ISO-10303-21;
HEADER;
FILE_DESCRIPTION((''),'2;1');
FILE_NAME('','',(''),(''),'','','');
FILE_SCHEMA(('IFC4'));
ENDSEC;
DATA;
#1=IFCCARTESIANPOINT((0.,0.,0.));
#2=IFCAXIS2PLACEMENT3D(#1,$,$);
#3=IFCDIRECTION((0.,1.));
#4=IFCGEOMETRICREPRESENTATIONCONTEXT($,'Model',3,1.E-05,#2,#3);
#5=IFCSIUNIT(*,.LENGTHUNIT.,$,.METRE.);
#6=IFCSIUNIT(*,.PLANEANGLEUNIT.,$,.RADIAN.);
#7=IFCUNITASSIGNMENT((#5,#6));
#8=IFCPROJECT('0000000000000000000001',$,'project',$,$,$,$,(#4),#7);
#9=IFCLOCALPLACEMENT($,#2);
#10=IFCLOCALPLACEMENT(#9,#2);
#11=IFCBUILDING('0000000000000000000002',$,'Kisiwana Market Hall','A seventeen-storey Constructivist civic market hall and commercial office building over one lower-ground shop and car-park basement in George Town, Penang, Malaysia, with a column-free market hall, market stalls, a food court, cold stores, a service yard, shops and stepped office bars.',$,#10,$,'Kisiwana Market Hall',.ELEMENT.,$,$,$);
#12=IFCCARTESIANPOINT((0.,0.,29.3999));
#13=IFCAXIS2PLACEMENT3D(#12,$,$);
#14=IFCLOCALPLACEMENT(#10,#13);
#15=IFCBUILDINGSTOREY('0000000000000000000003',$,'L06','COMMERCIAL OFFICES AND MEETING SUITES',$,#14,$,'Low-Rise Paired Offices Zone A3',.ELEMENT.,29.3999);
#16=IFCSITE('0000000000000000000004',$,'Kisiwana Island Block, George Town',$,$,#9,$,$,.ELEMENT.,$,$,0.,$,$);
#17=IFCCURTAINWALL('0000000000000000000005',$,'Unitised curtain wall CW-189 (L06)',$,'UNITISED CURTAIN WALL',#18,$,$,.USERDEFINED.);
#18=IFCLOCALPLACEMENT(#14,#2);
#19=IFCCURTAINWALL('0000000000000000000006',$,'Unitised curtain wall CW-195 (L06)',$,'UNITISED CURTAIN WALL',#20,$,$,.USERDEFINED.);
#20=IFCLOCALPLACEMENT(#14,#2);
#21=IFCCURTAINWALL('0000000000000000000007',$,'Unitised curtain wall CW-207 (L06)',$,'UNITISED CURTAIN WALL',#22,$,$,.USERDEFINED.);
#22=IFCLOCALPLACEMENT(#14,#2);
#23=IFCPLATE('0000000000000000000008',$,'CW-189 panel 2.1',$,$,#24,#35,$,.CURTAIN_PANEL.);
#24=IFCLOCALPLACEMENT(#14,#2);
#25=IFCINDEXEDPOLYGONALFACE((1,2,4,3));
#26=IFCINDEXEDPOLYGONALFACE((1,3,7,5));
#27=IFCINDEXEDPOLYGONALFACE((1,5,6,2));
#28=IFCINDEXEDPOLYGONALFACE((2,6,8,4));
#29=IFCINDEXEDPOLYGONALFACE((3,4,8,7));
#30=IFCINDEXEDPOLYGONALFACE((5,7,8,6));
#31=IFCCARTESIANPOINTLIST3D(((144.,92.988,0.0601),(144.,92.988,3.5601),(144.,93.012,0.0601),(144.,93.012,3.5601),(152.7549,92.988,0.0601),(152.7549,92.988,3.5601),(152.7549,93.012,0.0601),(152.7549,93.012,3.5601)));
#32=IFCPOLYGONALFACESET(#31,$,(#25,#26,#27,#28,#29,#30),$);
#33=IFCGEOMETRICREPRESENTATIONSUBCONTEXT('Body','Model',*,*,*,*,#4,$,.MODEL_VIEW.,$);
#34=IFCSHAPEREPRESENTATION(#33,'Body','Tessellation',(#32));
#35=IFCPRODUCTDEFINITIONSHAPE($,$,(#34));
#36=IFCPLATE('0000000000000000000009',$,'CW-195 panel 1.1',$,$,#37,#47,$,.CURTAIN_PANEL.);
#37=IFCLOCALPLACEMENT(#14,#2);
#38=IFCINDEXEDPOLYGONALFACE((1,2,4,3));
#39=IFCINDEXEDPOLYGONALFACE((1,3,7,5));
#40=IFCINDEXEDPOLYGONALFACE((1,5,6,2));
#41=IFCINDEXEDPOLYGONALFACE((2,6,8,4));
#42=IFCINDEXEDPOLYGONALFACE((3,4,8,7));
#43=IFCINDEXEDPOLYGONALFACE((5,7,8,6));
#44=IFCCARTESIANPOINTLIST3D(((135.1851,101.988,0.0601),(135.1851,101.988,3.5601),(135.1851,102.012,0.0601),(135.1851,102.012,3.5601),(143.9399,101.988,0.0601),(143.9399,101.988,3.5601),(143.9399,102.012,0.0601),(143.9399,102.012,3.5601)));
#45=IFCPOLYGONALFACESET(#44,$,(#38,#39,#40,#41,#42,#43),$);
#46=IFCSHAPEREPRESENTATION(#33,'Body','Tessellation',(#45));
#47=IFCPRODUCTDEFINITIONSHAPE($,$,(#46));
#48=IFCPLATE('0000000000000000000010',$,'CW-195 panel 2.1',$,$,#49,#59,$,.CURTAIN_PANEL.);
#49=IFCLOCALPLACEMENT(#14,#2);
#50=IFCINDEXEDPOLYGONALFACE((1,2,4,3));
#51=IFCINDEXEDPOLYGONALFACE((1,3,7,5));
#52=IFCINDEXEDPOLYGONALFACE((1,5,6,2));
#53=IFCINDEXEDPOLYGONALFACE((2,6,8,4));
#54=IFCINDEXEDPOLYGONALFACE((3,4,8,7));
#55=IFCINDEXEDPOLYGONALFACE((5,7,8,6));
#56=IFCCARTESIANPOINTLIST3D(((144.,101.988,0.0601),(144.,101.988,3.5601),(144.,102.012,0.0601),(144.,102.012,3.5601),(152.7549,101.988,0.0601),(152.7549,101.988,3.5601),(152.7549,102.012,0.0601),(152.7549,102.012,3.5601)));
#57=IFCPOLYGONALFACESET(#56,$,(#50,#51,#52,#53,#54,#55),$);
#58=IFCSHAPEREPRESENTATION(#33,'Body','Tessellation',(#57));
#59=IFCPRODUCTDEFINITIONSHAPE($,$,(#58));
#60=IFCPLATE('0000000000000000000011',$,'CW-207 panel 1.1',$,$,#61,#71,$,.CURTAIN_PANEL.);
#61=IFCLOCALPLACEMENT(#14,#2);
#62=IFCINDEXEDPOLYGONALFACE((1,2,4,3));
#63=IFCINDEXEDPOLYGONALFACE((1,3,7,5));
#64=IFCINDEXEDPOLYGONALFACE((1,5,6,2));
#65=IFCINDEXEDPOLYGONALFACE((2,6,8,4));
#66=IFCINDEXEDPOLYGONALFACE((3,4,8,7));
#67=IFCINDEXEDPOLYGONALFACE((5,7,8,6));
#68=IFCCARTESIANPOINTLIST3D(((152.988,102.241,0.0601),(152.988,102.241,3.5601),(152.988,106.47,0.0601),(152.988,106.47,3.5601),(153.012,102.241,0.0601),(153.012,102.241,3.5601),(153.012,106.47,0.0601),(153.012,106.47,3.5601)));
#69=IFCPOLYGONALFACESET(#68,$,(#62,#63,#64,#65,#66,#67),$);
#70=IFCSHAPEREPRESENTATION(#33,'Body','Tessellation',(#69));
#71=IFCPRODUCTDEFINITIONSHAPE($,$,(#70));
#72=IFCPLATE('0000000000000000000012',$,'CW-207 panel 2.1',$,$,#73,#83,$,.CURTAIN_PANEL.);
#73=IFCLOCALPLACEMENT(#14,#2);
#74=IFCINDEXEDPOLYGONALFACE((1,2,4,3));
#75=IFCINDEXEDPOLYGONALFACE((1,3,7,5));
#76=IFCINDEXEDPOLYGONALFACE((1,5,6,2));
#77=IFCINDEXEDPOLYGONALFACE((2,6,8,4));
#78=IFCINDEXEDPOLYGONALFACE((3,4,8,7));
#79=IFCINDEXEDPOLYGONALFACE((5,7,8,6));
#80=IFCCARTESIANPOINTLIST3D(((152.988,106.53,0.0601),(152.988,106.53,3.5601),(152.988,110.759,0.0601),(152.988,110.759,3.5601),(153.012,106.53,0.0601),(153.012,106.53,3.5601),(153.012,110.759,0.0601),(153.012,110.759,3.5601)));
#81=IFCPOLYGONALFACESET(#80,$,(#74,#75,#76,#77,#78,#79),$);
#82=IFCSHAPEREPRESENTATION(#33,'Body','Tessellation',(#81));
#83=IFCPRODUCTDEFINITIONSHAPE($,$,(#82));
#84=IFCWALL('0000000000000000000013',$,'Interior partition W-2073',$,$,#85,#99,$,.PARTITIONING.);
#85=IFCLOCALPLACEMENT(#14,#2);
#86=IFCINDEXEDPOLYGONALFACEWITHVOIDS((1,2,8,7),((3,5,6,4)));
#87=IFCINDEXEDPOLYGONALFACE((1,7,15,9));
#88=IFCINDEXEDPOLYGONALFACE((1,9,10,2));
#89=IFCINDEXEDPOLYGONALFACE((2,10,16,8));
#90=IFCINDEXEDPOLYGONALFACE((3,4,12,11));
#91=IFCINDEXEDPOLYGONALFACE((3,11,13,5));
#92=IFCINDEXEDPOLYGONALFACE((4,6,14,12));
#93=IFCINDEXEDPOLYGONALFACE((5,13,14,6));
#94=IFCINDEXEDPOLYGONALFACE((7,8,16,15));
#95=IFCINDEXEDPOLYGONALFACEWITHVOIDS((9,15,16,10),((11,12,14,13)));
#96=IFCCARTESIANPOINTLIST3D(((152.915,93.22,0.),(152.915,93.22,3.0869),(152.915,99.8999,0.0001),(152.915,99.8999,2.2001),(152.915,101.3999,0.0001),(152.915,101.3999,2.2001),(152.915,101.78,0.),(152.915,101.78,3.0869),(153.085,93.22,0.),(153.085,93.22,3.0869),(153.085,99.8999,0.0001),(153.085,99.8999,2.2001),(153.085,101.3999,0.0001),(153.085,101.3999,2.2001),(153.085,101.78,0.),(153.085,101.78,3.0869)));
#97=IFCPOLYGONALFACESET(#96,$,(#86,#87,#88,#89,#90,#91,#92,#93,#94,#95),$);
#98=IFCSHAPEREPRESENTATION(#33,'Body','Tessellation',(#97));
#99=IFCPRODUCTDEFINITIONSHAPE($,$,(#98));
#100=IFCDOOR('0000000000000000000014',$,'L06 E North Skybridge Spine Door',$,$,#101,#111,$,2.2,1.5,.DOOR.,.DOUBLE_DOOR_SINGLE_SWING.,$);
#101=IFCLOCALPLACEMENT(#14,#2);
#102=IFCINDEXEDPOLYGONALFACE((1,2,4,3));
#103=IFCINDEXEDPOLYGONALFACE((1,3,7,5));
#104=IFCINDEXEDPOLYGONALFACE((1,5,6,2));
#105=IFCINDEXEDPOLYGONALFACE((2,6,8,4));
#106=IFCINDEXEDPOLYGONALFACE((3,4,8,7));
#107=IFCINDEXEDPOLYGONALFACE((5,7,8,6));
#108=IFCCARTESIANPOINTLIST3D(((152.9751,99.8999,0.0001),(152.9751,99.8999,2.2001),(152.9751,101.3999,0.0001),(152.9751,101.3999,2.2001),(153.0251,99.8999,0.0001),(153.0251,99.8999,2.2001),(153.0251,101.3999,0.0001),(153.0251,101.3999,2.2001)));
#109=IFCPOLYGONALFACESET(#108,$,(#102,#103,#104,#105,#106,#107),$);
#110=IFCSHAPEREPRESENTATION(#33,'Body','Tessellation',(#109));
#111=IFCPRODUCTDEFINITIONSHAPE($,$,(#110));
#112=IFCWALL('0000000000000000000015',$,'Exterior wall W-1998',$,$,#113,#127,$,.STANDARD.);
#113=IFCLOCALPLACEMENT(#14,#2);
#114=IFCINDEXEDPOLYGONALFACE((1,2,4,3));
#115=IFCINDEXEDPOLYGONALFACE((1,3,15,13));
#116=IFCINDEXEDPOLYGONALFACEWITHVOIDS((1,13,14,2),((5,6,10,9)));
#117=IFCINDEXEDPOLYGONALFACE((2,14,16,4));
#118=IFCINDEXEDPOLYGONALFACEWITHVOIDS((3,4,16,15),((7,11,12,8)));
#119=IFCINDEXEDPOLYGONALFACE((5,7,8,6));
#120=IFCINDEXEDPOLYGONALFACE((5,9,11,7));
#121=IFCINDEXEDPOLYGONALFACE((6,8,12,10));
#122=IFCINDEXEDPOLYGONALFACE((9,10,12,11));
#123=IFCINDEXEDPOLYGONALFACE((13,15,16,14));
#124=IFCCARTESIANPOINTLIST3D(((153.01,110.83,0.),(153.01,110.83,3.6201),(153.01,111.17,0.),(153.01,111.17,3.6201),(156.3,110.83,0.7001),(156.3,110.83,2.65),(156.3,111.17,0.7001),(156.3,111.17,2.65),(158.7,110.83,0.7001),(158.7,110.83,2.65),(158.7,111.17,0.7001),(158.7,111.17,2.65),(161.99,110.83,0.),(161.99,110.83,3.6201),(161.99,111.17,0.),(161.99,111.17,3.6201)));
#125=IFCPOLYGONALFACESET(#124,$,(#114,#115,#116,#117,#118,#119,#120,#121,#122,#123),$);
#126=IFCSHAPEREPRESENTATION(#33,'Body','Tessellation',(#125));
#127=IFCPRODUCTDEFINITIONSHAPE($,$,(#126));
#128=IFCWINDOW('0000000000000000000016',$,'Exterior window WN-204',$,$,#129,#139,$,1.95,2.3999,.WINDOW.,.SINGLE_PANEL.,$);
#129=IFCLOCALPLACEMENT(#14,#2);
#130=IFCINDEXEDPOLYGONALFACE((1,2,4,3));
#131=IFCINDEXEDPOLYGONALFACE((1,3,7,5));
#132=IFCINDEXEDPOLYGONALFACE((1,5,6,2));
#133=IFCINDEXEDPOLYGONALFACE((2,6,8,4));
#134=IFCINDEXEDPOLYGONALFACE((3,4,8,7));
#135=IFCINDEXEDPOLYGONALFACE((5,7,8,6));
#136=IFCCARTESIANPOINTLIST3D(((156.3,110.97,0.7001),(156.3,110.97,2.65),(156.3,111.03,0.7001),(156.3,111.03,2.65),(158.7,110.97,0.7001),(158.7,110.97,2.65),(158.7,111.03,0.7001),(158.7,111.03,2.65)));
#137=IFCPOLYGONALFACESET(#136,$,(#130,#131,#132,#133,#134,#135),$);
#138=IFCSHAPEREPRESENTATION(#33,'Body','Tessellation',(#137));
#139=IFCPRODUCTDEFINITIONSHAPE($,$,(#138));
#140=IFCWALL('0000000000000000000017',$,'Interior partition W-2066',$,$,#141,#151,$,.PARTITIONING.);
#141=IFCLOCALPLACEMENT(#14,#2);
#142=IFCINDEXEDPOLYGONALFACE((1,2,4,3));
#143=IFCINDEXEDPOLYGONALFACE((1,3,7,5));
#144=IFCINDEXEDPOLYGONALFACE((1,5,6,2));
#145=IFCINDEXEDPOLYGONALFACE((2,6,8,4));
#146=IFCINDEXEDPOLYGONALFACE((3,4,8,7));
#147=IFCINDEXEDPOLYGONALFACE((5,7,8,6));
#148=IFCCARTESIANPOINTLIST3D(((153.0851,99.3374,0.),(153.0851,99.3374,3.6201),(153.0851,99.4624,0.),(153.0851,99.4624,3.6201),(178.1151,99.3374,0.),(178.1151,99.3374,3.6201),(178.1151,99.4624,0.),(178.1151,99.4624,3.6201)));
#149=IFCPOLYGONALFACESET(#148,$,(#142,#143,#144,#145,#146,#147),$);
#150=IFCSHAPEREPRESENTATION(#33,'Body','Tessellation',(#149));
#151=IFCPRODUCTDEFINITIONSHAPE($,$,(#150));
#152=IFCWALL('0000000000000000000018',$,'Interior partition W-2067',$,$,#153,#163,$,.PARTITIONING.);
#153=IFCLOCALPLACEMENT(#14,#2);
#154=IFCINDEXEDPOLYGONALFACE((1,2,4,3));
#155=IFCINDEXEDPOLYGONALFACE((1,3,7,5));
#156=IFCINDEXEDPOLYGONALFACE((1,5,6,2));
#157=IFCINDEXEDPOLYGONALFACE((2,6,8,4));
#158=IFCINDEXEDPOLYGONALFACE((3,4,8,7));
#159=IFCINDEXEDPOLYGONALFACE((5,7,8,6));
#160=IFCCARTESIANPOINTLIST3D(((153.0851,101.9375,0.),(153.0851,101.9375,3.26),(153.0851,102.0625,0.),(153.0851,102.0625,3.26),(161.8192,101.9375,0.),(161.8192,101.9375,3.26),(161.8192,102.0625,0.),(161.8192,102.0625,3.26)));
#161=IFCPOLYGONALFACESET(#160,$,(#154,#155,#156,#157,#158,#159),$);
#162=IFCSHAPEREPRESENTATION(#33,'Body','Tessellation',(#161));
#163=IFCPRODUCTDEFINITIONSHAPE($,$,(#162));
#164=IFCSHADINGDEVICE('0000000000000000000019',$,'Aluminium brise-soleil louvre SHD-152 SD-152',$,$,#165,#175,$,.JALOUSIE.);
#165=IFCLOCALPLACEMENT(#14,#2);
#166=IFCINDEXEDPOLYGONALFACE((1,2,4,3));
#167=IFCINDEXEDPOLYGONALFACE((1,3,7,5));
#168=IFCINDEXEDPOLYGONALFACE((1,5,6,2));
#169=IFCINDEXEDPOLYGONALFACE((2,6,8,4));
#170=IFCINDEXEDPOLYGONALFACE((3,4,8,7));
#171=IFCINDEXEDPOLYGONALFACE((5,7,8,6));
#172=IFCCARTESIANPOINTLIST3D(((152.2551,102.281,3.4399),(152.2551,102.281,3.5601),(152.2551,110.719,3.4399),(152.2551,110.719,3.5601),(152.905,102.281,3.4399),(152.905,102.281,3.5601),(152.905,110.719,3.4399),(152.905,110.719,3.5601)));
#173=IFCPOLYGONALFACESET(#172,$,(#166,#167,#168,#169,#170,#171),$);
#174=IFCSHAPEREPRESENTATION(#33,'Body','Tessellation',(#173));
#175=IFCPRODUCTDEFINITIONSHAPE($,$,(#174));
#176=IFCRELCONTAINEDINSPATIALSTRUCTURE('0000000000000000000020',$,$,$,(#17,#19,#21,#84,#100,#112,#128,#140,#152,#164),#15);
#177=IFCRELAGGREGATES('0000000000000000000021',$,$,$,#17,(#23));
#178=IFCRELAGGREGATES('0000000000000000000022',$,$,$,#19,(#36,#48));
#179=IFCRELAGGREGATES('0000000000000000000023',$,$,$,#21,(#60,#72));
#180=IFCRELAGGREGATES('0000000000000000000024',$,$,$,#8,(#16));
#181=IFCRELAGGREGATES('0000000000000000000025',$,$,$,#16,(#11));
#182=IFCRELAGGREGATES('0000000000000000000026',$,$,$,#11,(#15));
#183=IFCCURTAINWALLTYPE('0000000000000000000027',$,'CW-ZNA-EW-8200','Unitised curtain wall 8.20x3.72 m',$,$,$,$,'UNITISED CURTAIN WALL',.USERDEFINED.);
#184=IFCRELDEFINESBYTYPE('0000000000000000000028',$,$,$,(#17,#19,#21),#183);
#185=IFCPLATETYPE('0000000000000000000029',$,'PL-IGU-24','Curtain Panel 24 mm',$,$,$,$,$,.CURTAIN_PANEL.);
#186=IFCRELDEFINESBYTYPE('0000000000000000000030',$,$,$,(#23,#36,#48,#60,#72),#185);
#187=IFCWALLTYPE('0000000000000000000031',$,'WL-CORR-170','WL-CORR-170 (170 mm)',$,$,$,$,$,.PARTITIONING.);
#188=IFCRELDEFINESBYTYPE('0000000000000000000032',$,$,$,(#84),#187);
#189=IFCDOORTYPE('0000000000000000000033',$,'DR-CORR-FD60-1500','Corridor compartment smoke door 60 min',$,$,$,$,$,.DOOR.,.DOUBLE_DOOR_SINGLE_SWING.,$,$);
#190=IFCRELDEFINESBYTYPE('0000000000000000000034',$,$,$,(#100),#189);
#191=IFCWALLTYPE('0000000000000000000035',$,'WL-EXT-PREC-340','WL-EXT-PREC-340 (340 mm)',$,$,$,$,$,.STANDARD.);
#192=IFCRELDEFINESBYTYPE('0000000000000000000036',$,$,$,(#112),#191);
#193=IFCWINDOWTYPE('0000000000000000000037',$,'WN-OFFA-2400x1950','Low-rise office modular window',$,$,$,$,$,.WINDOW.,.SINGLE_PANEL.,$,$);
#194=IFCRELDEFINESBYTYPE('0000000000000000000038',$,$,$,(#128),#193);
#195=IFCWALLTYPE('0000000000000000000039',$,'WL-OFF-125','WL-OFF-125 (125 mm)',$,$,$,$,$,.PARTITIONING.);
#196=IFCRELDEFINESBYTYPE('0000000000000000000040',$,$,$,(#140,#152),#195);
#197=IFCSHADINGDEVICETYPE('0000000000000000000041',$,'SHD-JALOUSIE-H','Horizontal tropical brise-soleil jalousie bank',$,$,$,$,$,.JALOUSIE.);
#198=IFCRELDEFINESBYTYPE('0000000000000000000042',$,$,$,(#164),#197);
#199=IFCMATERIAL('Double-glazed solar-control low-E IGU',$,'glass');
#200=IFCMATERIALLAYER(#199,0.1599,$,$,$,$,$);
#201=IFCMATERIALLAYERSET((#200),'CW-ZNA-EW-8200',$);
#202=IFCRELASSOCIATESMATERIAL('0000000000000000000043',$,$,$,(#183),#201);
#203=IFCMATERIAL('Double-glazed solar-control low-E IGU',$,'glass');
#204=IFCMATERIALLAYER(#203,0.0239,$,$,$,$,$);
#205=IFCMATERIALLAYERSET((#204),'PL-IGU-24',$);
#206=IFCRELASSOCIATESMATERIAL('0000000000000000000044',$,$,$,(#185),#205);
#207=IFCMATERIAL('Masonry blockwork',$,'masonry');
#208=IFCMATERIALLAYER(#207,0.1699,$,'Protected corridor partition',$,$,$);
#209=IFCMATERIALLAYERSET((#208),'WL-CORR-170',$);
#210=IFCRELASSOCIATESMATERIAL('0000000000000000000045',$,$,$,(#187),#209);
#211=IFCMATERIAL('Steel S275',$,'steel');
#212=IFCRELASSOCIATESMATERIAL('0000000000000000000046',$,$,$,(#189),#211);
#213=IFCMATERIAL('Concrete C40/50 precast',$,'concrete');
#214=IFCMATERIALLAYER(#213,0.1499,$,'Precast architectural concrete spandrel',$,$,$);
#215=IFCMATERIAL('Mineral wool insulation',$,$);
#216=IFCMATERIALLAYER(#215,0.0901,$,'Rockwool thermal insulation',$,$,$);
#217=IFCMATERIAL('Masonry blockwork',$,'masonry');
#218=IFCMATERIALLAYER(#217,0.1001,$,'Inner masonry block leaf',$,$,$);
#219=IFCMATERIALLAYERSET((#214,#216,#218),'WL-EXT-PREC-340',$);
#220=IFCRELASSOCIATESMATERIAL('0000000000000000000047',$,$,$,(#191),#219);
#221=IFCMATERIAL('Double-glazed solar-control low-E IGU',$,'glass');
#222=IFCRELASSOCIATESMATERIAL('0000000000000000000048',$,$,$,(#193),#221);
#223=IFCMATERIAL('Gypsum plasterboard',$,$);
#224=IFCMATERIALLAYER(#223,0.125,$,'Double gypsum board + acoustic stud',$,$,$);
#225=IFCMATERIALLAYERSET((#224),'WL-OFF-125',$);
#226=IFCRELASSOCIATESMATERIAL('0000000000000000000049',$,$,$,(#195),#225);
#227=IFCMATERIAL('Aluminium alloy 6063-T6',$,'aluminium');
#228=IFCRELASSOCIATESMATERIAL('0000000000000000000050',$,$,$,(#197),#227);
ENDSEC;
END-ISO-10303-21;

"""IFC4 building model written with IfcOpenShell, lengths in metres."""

from ifc_helpers import new_model, si_unit, direction, frame, frame_2d, origin, origin_2d, place, context, subcontext, project, spatial, rectangle, extrude, material, layer, layer_set, type_object, element, fill, aggregate, save


model = new_model("IFC4")

# Units and contexts
model_context = context("Model", 3, precision=1e-05, world=origin(), true_north=direction((0.0, 1.0)))
body_context = subcontext(model_context, "Body", "Model", "MODEL_VIEW")
ifc_project = project(units=[si_unit("LENGTHUNIT", "METRE"), si_unit("PLANEANGLEUNIT", "RADIAN")], contexts=[model_context])

# Site, building, storey
site_placement = place(None, origin())
site = spatial("IfcSite", under=ifc_project, at=site_placement, Name="Kisiwana Island Block, George Town", CompositionType="ELEMENT", RefElevation=0.0)
building_placement = place(site_placement, origin())
building = spatial("IfcBuilding", under=site, at=building_placement, Name="Kisiwana Market Hall", Description="A seventeen-storey Constructivist civic market hall and commercial office building over one lower-ground shop and car-park basement in George Town, Penang, Malaysia, with a column-free market hall, market stalls, a food court, cold stores, a service yard, shops and stepped office bars.", LongName="Kisiwana Market Hall", CompositionType="ELEMENT")
storey_placement = place(building_placement, frame((0.0, 0.0, 29.3999)))
storey = spatial("IfcBuildingStorey", under=building, at=storey_placement, Name="L06", Description="COMMERCIAL OFFICES AND MEETING SUITES", LongName="Low-Rise Paired Offices Zone A3", CompositionType="ELEMENT", Elevation=29.3999)

# Curtain wall
ifc_material_1 = material(Name="Double-glazed solar-control low-E IGU", Category="glass")
ifc_layer_1 = layer(ifc_material_1, 0.1599)
ifc_layer_set_1 = layer_set([ifc_layer_1], Name="CW-ZNA-EW-8200")
curtain_wall_type = type_object("IfcCurtainWallType", Name="CW-ZNA-EW-8200", Description="Unitised curtain wall 8.20x3.72 m", ElementType="UNITISED CURTAIN WALL", PredefinedType="USERDEFINED", material=ifc_layer_set_1)
curtain_wall_1_placement = place(storey_placement, origin())
curtain_wall_1 = element("IfcCurtainWall", 1, at=curtain_wall_1_placement, inside=storey, type_object=curtain_wall_type, Name="Unitised curtain wall CW-189 (L06)", ObjectType="UNITISED CURTAIN WALL", PredefinedType="USERDEFINED")

# Curtain walls
curtain_wall_2_placement = place(storey_placement, origin())
curtain_wall_2 = element("IfcCurtainWall", 2, at=curtain_wall_2_placement, inside=storey, type_object=curtain_wall_type, Name="Unitised curtain wall CW-195 (L06)", ObjectType="UNITISED CURTAIN WALL", PredefinedType="USERDEFINED")
curtain_wall_3_placement = place(storey_placement, origin())
curtain_wall_3 = element("IfcCurtainWall", 3, at=curtain_wall_3_placement, inside=storey, type_object=curtain_wall_type, Name="Unitised curtain wall CW-207 (L06)", ObjectType="UNITISED CURTAIN WALL", PredefinedType="USERDEFINED")

# Plates
ifc_material_2 = material(Name="Double-glazed solar-control low-E IGU", Category="glass")
ifc_layer_2 = layer(ifc_material_2, 0.0239)
ifc_layer_set_2 = layer_set([ifc_layer_2], Name="PL-IGU-24")
plate_type = type_object("IfcPlateType", Name="PL-IGU-24", Description="Curtain Panel 24 mm", PredefinedType="CURTAIN_PANEL", material=ifc_layer_set_2)
plate_1_placement = place(storey_placement, frame((148.3774, 93.0, 0.0601), z_axis=(0.0, 0.0, 1.0), x_axis=(1.0, 0.0, 0.0)))
plate_1 = element("IfcPlate", 4, at=plate_1_placement, type_object=plate_type, Name="CW-189 panel 2.1", PredefinedType="CURTAIN_PANEL", context=body_context, shape_type="SweptSolid", body=[
    extrude(rectangle(XDim=8.7549, YDim=0.0239, at=origin_2d()), origin(), (0.0, 0.0, 1.0), 3.5),
])
aggregate(curtain_wall_1, [plate_1])
plate_2_placement = place(storey_placement, frame((139.5625, 102.0, 0.0601), z_axis=(0.0, 0.0, 1.0), x_axis=(1.0, 0.0, 0.0)))
plate_2 = element("IfcPlate", 5, at=plate_2_placement, type_object=plate_type, Name="CW-195 panel 1.1", PredefinedType="CURTAIN_PANEL", context=body_context, shape_type="SweptSolid", body=[
    extrude(rectangle(XDim=8.7549, YDim=0.0239, at=origin_2d()), origin(), (0.0, 0.0, 1.0), 3.5),
])
plate_3_placement = place(storey_placement, frame((148.3774, 102.0, 0.0601), z_axis=(0.0, 0.0, 1.0), x_axis=(1.0, 0.0, 0.0)))
plate_3 = element("IfcPlate", 6, at=plate_3_placement, type_object=plate_type, Name="CW-195 panel 2.1", PredefinedType="CURTAIN_PANEL", context=body_context, shape_type="SweptSolid", body=[
    extrude(rectangle(XDim=8.7549, YDim=0.0239, at=origin_2d()), origin(), (0.0, 0.0, 1.0), 3.5),
])
aggregate(curtain_wall_2, [plate_2, plate_3])
plate_4_placement = place(storey_placement, frame((153.0, 104.3555, 0.0601), z_axis=(0.0, 0.0, 1.0), x_axis=(0.0, 1.0, 0.0)))
plate_4 = element("IfcPlate", 7, at=plate_4_placement, type_object=plate_type, Name="CW-207 panel 1.1", PredefinedType="CURTAIN_PANEL", context=body_context, shape_type="SweptSolid", body=[
    extrude(rectangle(XDim=4.229, YDim=0.0239, at=origin_2d()), origin(), (0.0, 0.0, 1.0), 3.5),
])
plate_5_placement = place(storey_placement, frame((153.0, 108.6445, 0.0601), z_axis=(0.0, 0.0, 1.0), x_axis=(0.0, 1.0, 0.0)))
plate_5 = element("IfcPlate", 8, at=plate_5_placement, type_object=plate_type, Name="CW-207 panel 2.1", PredefinedType="CURTAIN_PANEL", context=body_context, shape_type="SweptSolid", body=[
    extrude(rectangle(XDim=4.229, YDim=0.0239, at=origin_2d()), origin(), (0.0, 0.0, 1.0), 3.5),
])
aggregate(curtain_wall_3, [plate_4, plate_5])

# Wall, opening, door
ifc_material_3 = material(Name="Masonry blockwork", Category="masonry")
ifc_layer_3 = layer(ifc_material_3, 0.1699, Name="Protected corridor partition")
ifc_layer_set_3 = layer_set([ifc_layer_3], Name="WL-CORR-170")
wall_type_1 = type_object("IfcWallType", Name="WL-CORR-170", Description="WL-CORR-170 (170 mm)", PredefinedType="PARTITIONING", material=ifc_layer_set_3)
wall_1_placement = place(storey_placement, frame((153.0, 93.22, 0.0), z_axis=(0.0, 0.0, 1.0), x_axis=(0.0, 1.0, 0.0)))
wall_1 = element("IfcWall", 9, at=wall_1_placement, inside=storey, type_object=wall_type_1, Name="Interior partition W-2073", PredefinedType="PARTITIONING", context=body_context, shape_type="SweptSolid", body=[
    extrude(rectangle(XDim=8.5601, YDim=0.1699, at=frame_2d((4.28, 0.0))), origin(), (0.0, 0.0, 1.0), 3.0869),
])
opening_1_placement = place(wall_1_placement, frame((6.6799, 0.0, 0.0)))
opening_1 = element("IfcOpeningElement", 10, at=opening_1_placement, cuts=wall_1, PredefinedType="OPENING", context=body_context, shape_type="SweptSolid", body=[
    extrude(rectangle(XDim=1.5, YDim=2.2, at=frame_2d((0.75, 1.1001))), frame((0.0, 0.0969, 0.0), z_axis=(0.0, -1.0, 0.0), x_axis=(1.0, 0.0, 0.0)), (0.0, 0.0, 1.0), 0.1938),
])
ifc_material_4 = material(Name="Steel S275", Category="steel")
door_type = type_object("IfcDoorType", Name="DR-CORR-FD60-1500", Description="Corridor compartment smoke door 60 min", OperationType="DOUBLE_DOOR_SINGLE_SWING", PredefinedType="DOOR", material=ifc_material_4)
door_placement = place(opening_1_placement, origin())
door = element("IfcDoor", 11, at=door_placement, inside=storey, type_object=door_type, Name="L06 E North Skybridge Spine Door", OperationType="DOUBLE_DOOR_SINGLE_SWING", OverallHeight=2.2, OverallWidth=1.5, PredefinedType="DOOR", context=body_context, shape_type="SweptSolid", body=[
    extrude(rectangle(XDim=1.5, YDim=2.2, at=frame_2d((0.75, 1.1001))), frame((0.0, 0.0249, 0.0), z_axis=(0.0, -1.0, 0.0), x_axis=(1.0, 0.0, 0.0)), (0.0, 0.0, 1.0), 0.05),
])
fill(opening_1, door)

# Wall, opening, window
ifc_material_5 = material(Name="Concrete C40/50 precast", Category="concrete")
ifc_layer_4 = layer(ifc_material_5, 0.1499, Name="Precast architectural concrete spandrel")
ifc_material_6 = material(Name="Mineral wool insulation")
ifc_layer_5 = layer(ifc_material_6, 0.0901, Name="Rockwool thermal insulation")
ifc_material_7 = material(Name="Masonry blockwork", Category="masonry")
ifc_layer_6 = layer(ifc_material_7, 0.1001, Name="Inner masonry block leaf")
ifc_layer_set_4 = layer_set([ifc_layer_4, ifc_layer_5, ifc_layer_6], Name="WL-EXT-PREC-340")
wall_type_2 = type_object("IfcWallType", Name="WL-EXT-PREC-340", Description="WL-EXT-PREC-340 (340 mm)", PredefinedType="STANDARD", material=ifc_layer_set_4)
wall_2_placement = place(storey_placement, frame((153.01, 111.0, 0.0), z_axis=(0.0, 0.0, 1.0), x_axis=(1.0, 0.0, 0.0)))
wall_2 = element("IfcWall", 12, at=wall_2_placement, inside=storey, type_object=wall_type_2, Name="Exterior wall W-1998", PredefinedType="STANDARD", context=body_context, shape_type="SweptSolid", body=[
    extrude(rectangle(XDim=8.98, YDim=0.3401, at=frame_2d((4.49, 0.0))), origin(), (0.0, 0.0, 1.0), 3.6201),
])
opening_2_placement = place(wall_2_placement, frame((3.29, 0.0, 0.7)))
opening_2 = element("IfcOpeningElement", 13, at=opening_2_placement, cuts=wall_2, PredefinedType="OPENING", context=body_context, shape_type="SweptSolid", body=[
    extrude(rectangle(XDim=2.3999, YDim=1.95, at=frame_2d((1.2, 0.9751))), frame((0.0, 0.1821, 0.0), z_axis=(0.0, -1.0, 0.0), x_axis=(1.0, 0.0, 0.0)), (0.0, 0.0, 1.0), 0.364),
])
ifc_material_8 = material(Name="Double-glazed solar-control low-E IGU", Category="glass")
window_type = type_object("IfcWindowType", Name="WN-OFFA-2400x1950", Description="Low-rise office modular window", PartitioningType="SINGLE_PANEL", PredefinedType="WINDOW", material=ifc_material_8)
window_placement = place(opening_2_placement, origin())
window = element("IfcWindow", 14, at=window_placement, inside=storey, type_object=window_type, Name="Exterior window WN-204", OverallHeight=1.95, OverallWidth=2.3999, PartitioningType="SINGLE_PANEL", PredefinedType="WINDOW", context=body_context, shape_type="SweptSolid", body=[
    extrude(rectangle(XDim=2.3999, YDim=1.95, at=frame_2d((1.2, 0.9751))), frame((0.0, 0.03, 0.0), z_axis=(0.0, -1.0, 0.0), x_axis=(1.0, 0.0, 0.0)), (0.0, 0.0, 1.0), 0.0601),
])
fill(opening_2, window)

# Walls
ifc_material_9 = material(Name="Gypsum plasterboard")
ifc_layer_7 = layer(ifc_material_9, 0.125, Name="Double gypsum board + acoustic stud")
ifc_layer_set_5 = layer_set([ifc_layer_7], Name="WL-OFF-125")
wall_type_3 = type_object("IfcWallType", Name="WL-OFF-125", Description="WL-OFF-125 (125 mm)", PredefinedType="PARTITIONING", material=ifc_layer_set_5)
wall_3_placement = place(storey_placement, frame((153.085, 99.3999, 0.0), z_axis=(0.0, 0.0, 1.0), x_axis=(1.0, 0.0, 0.0)))
element("IfcWall", 15, at=wall_3_placement, inside=storey, type_object=wall_type_3, Name="Interior partition W-2066", PredefinedType="PARTITIONING", context=body_context, shape_type="SweptSolid", body=[
    extrude(rectangle(XDim=25.03, YDim=0.125, at=frame_2d((12.5151, 0.0))), origin(), (0.0, 0.0, 1.0), 3.6201),
])
wall_4_placement = place(storey_placement, frame((153.085, 102.0, 0.0), z_axis=(0.0, 0.0, 1.0), x_axis=(1.0, 0.0, 0.0)))
element("IfcWall", 16, at=wall_4_placement, inside=storey, type_object=wall_type_3, Name="Interior partition W-2067", PredefinedType="PARTITIONING", context=body_context, shape_type="SweptSolid", body=[
    extrude(rectangle(XDim=8.7341, YDim=0.125, at=frame_2d((4.3672, 0.0))), origin(), (0.0, 0.0, 1.0), 3.26),
])

# Shading device
ifc_material_10 = material(Name="Aluminium alloy 6063-T6", Category="aluminium")
shading_device_type = type_object("IfcShadingDeviceType", Name="SHD-JALOUSIE-H", Description="Horizontal tropical brise-soleil jalousie bank", PredefinedType="JALOUSIE", material=ifc_material_10)
shading_device_placement = place(storey_placement, frame((152.5801, 106.5, 3.4399), z_axis=(0.0, 0.0, 1.0), x_axis=(0.0, 1.0, 0.0)))
element("IfcShadingDevice", 17, at=shading_device_placement, inside=storey, type_object=shading_device_type, Name="Aluminium brise-soleil louvre SHD-152 SD-152", PredefinedType="JALOUSIE", context=body_context, shape_type="SweptSolid", body=[
    extrude(rectangle(XDim=8.438, YDim=0.6499, at=origin_2d()), origin(), (0.0, 0.0, 1.0), 0.1201),
])

save(model, "model.ifc")
